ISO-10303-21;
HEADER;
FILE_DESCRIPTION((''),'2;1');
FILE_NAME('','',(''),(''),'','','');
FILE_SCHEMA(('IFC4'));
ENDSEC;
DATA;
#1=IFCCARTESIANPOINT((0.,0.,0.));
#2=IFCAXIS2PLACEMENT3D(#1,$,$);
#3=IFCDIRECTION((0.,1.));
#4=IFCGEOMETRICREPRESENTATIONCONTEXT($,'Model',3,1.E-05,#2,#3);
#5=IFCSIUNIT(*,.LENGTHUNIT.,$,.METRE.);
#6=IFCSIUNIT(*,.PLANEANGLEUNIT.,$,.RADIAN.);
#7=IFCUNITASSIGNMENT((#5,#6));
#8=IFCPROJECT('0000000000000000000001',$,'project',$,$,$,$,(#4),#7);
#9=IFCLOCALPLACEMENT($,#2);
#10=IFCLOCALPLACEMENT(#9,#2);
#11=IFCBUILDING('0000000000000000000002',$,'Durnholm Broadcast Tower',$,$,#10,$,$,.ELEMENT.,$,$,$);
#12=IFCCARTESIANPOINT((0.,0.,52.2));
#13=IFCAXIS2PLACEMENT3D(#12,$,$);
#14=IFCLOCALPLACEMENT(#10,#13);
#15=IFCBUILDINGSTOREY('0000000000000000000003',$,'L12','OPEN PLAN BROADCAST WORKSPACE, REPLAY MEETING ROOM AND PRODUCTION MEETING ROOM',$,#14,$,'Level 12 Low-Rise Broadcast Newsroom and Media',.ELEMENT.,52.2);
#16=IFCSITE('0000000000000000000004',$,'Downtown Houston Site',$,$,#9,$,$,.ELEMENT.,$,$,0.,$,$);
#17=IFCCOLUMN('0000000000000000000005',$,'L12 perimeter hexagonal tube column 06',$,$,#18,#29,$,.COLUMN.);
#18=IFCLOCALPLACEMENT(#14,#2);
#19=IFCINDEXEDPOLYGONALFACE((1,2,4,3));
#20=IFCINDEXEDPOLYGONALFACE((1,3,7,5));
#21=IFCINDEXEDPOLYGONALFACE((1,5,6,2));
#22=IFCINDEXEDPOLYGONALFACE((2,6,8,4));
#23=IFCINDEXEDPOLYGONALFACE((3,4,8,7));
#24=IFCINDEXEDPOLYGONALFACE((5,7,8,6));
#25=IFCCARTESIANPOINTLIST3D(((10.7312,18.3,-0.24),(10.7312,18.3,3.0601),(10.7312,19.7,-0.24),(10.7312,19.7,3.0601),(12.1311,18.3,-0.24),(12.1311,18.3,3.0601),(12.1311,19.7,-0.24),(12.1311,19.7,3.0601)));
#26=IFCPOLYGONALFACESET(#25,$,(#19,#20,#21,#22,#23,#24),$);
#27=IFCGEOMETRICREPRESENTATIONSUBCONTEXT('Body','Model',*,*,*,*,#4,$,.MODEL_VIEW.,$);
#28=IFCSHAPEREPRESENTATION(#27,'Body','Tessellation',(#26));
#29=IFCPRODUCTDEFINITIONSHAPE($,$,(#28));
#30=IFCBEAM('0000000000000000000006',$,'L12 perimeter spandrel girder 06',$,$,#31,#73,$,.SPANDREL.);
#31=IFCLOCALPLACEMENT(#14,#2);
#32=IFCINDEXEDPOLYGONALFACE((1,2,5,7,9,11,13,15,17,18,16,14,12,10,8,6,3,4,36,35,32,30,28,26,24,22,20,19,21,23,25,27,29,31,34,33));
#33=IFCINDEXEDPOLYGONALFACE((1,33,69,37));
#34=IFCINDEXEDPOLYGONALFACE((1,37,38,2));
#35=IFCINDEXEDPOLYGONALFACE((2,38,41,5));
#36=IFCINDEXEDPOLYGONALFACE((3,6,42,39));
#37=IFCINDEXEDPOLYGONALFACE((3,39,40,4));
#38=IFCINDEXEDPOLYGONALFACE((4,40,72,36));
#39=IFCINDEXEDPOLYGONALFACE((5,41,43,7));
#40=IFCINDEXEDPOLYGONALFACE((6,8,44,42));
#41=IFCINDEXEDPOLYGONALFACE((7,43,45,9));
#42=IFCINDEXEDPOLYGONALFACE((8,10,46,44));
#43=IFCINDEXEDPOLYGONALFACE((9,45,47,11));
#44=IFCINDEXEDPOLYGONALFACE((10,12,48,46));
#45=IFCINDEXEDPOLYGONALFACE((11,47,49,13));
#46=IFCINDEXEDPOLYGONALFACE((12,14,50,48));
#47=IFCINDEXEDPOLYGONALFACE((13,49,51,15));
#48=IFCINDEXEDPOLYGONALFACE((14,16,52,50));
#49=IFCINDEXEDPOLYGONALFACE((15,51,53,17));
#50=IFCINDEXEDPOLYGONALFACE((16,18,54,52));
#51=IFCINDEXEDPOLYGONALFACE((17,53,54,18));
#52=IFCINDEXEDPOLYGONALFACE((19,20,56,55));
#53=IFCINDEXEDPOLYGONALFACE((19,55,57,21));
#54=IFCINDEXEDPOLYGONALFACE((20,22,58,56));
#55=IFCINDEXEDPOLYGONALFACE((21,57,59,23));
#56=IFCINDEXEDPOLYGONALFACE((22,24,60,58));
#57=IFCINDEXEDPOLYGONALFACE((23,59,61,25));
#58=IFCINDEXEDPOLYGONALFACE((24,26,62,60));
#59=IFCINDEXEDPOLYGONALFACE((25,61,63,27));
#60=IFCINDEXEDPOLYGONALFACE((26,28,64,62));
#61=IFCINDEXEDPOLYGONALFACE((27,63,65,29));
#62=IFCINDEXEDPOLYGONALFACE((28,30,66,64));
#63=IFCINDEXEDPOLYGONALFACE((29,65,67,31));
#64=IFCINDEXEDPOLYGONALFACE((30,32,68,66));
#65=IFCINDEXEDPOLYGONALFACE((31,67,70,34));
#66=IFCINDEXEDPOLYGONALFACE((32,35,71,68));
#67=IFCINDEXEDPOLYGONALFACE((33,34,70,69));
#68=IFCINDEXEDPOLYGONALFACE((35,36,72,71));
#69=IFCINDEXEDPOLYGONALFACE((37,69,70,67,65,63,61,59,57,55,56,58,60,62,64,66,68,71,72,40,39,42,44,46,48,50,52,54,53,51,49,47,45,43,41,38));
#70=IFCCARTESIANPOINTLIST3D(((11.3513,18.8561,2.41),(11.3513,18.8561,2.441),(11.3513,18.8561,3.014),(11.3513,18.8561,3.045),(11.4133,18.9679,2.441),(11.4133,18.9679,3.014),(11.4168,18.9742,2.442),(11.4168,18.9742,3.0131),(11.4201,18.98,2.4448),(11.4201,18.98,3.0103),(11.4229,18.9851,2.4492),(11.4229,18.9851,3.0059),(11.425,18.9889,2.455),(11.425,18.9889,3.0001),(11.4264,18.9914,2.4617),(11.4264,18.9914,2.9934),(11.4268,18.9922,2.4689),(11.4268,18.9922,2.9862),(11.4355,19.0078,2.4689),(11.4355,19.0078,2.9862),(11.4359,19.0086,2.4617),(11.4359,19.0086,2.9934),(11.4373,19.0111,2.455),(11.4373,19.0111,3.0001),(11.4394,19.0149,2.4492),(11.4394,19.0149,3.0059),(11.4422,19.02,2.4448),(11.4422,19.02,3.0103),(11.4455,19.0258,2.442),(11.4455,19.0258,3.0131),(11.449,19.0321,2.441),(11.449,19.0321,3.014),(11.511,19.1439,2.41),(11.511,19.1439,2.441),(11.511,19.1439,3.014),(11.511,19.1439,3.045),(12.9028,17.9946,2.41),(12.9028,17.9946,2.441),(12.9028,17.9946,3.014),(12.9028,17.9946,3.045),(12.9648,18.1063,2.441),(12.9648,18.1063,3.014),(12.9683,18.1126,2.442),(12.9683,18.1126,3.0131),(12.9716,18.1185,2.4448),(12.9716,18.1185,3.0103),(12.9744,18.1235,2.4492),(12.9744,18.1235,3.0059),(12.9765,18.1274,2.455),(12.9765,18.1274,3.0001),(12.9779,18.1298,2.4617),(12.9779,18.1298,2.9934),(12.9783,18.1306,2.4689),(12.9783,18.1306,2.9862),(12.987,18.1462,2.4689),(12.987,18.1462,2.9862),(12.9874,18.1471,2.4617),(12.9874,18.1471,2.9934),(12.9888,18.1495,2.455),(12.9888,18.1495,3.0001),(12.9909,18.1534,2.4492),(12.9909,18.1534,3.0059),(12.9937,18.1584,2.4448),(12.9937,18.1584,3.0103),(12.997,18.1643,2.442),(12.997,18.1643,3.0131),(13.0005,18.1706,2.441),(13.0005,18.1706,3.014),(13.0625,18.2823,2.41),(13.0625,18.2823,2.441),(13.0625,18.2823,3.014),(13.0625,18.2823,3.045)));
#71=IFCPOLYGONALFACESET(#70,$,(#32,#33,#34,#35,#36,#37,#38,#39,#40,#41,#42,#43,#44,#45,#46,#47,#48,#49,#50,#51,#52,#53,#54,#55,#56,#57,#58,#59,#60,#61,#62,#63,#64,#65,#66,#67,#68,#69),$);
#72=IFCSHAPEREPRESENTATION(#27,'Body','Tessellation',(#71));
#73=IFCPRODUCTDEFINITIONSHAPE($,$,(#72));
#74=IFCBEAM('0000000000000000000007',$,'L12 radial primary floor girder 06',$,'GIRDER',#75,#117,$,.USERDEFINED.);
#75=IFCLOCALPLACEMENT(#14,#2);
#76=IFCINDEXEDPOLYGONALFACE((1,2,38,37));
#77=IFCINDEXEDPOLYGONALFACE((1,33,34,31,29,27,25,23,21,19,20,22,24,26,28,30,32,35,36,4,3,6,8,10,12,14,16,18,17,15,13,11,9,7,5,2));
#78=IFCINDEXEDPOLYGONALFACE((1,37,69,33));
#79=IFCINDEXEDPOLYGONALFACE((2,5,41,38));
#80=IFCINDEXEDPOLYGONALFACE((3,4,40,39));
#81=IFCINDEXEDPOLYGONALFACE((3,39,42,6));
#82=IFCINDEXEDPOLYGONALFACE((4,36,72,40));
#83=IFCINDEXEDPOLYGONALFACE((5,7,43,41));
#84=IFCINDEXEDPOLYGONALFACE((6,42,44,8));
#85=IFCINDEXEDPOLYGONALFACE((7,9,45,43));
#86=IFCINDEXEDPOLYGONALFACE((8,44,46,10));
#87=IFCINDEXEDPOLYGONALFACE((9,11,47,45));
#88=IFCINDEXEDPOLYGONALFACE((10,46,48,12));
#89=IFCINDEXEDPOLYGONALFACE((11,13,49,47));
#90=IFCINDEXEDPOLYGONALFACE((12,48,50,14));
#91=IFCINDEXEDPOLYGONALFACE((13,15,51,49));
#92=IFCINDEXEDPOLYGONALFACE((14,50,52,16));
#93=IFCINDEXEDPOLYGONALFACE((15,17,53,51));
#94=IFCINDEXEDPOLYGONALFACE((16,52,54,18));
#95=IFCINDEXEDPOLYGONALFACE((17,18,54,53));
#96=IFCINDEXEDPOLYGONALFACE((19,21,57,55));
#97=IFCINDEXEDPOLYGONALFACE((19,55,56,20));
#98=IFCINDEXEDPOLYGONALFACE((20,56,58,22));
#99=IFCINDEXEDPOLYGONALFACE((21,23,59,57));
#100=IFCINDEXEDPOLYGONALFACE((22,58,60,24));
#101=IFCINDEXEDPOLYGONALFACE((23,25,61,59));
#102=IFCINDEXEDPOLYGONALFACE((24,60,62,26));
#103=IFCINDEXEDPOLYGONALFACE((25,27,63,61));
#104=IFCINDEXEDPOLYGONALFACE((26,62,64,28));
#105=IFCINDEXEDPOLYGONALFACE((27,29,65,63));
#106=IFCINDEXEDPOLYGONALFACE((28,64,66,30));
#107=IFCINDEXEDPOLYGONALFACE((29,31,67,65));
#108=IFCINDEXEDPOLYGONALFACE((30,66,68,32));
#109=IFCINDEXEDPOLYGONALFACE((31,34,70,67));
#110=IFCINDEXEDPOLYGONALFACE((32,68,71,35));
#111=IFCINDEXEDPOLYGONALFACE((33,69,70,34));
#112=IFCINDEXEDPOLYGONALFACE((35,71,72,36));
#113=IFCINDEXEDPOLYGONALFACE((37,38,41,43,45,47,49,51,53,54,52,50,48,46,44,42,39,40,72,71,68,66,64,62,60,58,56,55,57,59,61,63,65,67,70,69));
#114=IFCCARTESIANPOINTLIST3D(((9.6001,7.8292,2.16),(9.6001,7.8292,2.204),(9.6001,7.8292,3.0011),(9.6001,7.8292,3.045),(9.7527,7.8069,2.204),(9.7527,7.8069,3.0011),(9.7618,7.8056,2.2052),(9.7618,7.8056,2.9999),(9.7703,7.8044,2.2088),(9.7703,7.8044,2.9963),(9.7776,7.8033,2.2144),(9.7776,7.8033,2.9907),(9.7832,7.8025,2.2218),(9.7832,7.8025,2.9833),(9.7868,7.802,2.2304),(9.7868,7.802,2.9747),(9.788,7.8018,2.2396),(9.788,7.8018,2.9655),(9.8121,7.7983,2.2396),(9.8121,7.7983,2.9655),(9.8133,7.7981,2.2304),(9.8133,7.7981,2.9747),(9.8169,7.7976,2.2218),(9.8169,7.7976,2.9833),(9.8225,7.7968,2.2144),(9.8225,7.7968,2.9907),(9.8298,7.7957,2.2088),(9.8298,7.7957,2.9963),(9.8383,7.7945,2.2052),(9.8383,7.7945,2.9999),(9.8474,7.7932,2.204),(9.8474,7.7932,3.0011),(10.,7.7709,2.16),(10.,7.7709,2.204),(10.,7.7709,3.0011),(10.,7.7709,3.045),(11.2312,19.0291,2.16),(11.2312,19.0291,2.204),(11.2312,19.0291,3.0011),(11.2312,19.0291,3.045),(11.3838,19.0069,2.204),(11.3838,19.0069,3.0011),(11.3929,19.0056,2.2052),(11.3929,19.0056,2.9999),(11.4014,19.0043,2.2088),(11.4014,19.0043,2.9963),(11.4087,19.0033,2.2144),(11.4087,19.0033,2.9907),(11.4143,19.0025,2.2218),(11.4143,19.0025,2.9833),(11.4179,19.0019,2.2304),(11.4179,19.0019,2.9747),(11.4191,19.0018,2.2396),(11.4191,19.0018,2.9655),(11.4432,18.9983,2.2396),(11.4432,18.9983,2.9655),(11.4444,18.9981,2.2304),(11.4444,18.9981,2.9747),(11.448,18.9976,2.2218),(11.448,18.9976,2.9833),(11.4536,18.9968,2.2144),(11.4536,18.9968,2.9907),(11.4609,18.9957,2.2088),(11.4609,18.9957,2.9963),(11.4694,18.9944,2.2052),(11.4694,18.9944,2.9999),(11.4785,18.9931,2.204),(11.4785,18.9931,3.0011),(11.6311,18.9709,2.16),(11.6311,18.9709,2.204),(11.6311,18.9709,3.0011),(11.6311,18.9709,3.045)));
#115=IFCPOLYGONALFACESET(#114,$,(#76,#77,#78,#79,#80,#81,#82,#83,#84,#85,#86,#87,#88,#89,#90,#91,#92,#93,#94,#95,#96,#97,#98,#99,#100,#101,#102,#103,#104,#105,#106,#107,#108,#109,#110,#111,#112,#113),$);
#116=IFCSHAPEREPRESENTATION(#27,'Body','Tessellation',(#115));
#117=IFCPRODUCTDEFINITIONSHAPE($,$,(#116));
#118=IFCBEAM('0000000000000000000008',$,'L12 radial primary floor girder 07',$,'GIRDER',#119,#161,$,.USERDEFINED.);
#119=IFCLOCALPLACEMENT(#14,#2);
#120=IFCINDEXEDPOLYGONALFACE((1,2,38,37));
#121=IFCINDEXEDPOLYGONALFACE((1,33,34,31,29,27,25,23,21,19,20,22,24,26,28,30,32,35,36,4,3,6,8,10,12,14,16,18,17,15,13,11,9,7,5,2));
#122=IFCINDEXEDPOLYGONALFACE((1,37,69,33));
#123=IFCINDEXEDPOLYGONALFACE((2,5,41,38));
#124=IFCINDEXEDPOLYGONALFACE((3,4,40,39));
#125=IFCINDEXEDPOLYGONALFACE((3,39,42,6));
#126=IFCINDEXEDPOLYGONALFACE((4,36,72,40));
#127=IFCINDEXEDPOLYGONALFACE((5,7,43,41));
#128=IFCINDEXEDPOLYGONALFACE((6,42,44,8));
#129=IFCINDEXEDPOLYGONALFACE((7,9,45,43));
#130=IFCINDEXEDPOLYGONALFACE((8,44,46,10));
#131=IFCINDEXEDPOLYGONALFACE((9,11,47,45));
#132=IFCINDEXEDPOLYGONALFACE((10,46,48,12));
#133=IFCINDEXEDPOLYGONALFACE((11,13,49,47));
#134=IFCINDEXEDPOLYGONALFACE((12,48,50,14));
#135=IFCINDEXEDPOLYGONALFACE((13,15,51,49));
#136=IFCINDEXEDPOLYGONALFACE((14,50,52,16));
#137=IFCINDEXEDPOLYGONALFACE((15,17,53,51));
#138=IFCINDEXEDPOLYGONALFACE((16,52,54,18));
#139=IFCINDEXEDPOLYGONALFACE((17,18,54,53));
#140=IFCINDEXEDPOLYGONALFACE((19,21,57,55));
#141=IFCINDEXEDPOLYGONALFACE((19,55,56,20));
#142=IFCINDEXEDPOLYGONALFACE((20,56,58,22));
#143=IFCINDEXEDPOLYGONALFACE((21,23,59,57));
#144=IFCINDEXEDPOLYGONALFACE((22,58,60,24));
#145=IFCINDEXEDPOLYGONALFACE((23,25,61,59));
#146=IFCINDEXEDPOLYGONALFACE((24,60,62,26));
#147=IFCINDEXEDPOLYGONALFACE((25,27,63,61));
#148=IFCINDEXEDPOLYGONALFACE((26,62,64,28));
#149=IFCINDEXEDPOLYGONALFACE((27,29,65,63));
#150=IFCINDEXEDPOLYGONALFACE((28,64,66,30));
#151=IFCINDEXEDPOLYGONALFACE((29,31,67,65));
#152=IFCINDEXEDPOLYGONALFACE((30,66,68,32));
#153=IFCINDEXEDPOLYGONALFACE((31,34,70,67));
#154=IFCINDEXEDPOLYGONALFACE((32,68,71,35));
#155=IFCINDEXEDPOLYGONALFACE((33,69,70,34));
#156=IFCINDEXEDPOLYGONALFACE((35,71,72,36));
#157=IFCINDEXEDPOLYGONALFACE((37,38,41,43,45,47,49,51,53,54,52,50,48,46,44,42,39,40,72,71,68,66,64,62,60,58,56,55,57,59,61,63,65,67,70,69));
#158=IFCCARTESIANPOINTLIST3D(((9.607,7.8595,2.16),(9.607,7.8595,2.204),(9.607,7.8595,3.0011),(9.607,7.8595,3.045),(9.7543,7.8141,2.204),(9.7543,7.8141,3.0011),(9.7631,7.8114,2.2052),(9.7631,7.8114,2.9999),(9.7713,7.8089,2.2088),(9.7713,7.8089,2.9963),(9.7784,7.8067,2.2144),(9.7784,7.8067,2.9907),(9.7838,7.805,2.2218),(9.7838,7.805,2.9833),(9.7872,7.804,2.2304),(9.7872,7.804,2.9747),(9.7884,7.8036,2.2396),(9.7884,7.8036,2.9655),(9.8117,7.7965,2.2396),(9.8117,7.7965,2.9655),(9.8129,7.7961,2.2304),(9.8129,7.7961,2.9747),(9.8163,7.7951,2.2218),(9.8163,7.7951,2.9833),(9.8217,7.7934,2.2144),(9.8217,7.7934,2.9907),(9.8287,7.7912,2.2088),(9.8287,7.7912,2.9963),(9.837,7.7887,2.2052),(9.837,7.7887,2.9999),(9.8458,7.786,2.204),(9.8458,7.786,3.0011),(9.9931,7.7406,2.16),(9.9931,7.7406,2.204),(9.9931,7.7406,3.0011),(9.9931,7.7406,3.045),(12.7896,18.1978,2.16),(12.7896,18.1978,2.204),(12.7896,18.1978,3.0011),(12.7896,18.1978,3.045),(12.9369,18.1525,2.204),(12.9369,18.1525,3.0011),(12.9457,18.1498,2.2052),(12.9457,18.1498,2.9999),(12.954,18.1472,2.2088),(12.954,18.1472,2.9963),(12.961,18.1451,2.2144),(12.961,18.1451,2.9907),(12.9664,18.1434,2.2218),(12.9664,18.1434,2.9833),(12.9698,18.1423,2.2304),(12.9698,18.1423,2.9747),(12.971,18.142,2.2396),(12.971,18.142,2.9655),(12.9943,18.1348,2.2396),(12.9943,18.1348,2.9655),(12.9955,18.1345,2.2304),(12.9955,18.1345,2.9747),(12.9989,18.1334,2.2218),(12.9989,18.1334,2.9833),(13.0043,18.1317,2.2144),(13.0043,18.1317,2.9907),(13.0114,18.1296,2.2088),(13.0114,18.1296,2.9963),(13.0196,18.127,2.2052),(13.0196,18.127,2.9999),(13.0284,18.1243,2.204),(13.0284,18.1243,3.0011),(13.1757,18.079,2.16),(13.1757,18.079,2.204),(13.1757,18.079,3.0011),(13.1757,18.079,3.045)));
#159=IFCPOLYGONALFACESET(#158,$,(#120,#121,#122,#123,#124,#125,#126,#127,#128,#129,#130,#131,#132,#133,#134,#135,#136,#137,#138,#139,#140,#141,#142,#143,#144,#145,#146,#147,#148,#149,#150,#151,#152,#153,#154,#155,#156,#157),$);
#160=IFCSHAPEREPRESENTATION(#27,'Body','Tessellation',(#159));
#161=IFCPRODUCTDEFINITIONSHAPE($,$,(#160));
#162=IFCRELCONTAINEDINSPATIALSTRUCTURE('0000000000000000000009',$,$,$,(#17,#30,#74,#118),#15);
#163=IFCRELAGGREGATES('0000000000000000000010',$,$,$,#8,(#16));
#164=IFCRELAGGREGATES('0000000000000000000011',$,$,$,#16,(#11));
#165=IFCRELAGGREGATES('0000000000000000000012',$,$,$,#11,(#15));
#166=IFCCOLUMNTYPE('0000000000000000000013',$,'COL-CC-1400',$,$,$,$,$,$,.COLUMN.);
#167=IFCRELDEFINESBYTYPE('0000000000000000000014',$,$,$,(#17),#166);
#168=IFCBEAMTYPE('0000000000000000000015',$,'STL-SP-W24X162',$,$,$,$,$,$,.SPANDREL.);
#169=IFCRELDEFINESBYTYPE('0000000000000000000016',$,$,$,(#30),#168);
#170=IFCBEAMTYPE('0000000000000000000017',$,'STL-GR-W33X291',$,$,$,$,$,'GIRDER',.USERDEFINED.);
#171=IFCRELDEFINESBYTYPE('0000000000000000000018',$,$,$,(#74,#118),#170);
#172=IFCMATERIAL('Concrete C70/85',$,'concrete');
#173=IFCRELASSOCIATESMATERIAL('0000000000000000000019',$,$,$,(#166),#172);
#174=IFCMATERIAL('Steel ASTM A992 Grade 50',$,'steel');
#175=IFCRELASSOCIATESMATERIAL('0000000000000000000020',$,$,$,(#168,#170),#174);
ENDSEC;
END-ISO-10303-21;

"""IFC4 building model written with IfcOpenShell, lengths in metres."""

from ifc_helpers import new_model, si_unit, direction, frame, origin, origin_2d, place, context, subcontext, project, spatial, rectangle, i_section, extrude, source, transform, mapped, material, material_profile, profile_set, type_object, type_shapes, element, save


model = new_model("IFC4")

# Units and contexts
model_context = context("Model", 3, precision=1e-05, world=origin(), true_north=direction((0.0, 1.0)))
body_context = subcontext(model_context, "Body", "Model", "MODEL_VIEW")
ifc_project = project(units=[si_unit("LENGTHUNIT", "METRE"), si_unit("PLANEANGLEUNIT", "RADIAN")], contexts=[model_context])

# Site, building, storey
site_placement = place(None, origin())
site = spatial("IfcSite", under=ifc_project, at=site_placement, Name="Downtown Houston Site", CompositionType="ELEMENT", RefElevation=0.0)
building_placement = place(site_placement, origin())
building = spatial("IfcBuilding", under=site, at=building_placement, Name="Durnholm Broadcast Tower", CompositionType="ELEMENT")
storey_placement = place(building_placement, frame((0.0, 0.0, 52.2)))
storey = spatial("IfcBuildingStorey", under=building, at=storey_placement, Name="L12", Description="OPEN PLAN BROADCAST WORKSPACE, REPLAY MEETING ROOM AND PRODUCTION MEETING ROOM", LongName="Level 12 Low-Rise Broadcast Newsroom and Media", CompositionType="ELEMENT", Elevation=52.2)

# Column
ifc_material_1 = material(Name="Concrete C70/85", Category="concrete")
ifc_material_profile_1 = material_profile(ifc_material_1, rectangle(XDim=1.3999, YDim=1.3999, at=origin_2d()), Name="RC1400X1400")
ifc_profile_set_1 = profile_set([ifc_material_profile_1], Name="Concrete C70/85")
column_type = type_object("IfcColumnType", Name="COL-CC-1400", PredefinedType="COLUMN", material=ifc_profile_set_1)
shared_shape_1 = source(origin(), body_context, "Body", "SweptSolid", [
    extrude(rectangle(XDim=1.3999, YDim=1.3999, at=origin_2d()), origin(), (0.0, 0.0, 1.0), 3.3),
])
type_shapes(column_type, [shared_shape_1])
column_placement = place(storey_placement, frame((11.4312, 19.0, -0.24), z_axis=(0.0, 0.0, 1.0), x_axis=(1.0, 0.0, 0.0)))
element("IfcColumn", 1, at=column_placement, inside=storey, type_object=column_type, Name="L12 perimeter hexagonal tube column 06", PredefinedType="COLUMN", context=body_context, shape_type="MappedRepresentation", body=[
    mapped(shared_shape_1, transform((0.0, 0.0, 0.0), x_axis=(1.0, 0.0, 0.0), y_axis=(0.0, 1.0, 0.0), z_axis=(0.0, 0.0, 1.0), scale=1.0)),
])

# Beams
ifc_material_2 = material(Name="Steel ASTM A992 Grade 50", Category="steel")
ifc_material_profile_2 = material_profile(ifc_material_2, i_section(OverallWidth=0.3291, OverallDepth=0.635, WebThickness=0.0178, FlangeThickness=0.031, FilletRadius=0.0278, at=origin_2d()), Name="W24X162")
ifc_profile_set_2 = profile_set([ifc_material_profile_2], Name="Steel ASTM A992 Grade 50")
beam_type_1 = type_object("IfcBeamType", Name="STL-SP-W24X162", PredefinedType="SPANDREL", material=ifc_profile_set_2)
shared_shape_2 = source(origin(), body_context, "Body", "SweptSolid", [
    extrude(i_section(OverallWidth=0.3291, OverallDepth=0.635, WebThickness=0.0178, FlangeThickness=0.031, FilletRadius=0.0278, at=origin_2d()), origin(), (0.0, 0.0, 1.0), 1.7747),
])
type_shapes(beam_type_1, [shared_shape_2])
beam_1_placement = place(storey_placement, frame((11.4312, 19.0, 2.7275), z_axis=(0.874248, -0.485479, 0.0), x_axis=(0.485479, 0.874248, 0.0)))
element("IfcBeam", 2, at=beam_1_placement, inside=storey, type_object=beam_type_1, Name="L12 perimeter spandrel girder 06", PredefinedType="SPANDREL", context=body_context, shape_type="MappedRepresentation", body=[
    mapped(shared_shape_2, transform((0.0, 0.0, 0.0), x_axis=(1.0, 0.0, 0.0), y_axis=(0.0, 1.0, 0.0), z_axis=(0.0, 0.0, 1.0), scale=1.0)),
])
ifc_material_profile_3 = material_profile(ifc_material_2, i_section(OverallWidth=0.4041, OverallDepth=0.885, WebThickness=0.0244, FlangeThickness=0.0439, FilletRadius=0.0356, at=origin_2d()), Name="W33X291")
ifc_profile_set_3 = profile_set([ifc_material_profile_3], Name="Steel ASTM A992 Grade 50")
beam_type_2 = type_object("IfcBeamType", Name="STL-GR-W33X291", ElementType="GIRDER", PredefinedType="USERDEFINED", material=ifc_profile_set_3)
shared_shape_3 = source(origin(), body_context, "Body", "SweptSolid", [
    extrude(i_section(OverallWidth=0.4041, OverallDepth=0.885, WebThickness=0.0244, FlangeThickness=0.0439, FilletRadius=0.0356, at=origin_2d()), origin(), (0.0, 0.0, 1.0), 11.3181),
])
beam_2_placement = place(storey_placement, frame((9.8, 7.8, 2.6025), z_axis=(0.144115, 0.989561, 0.0), x_axis=(-0.989561, 0.144115, 0.0)))
element("IfcBeam", 3, at=beam_2_placement, inside=storey, type_object=beam_type_2, Name="L12 radial primary floor girder 06", ObjectType="GIRDER", PredefinedType="USERDEFINED", context=body_context, shape_type="MappedRepresentation", body=[
    mapped(shared_shape_3, transform((0.0, 0.0, 0.0), x_axis=(1.0, 0.0, 0.0), y_axis=(0.0, 1.0, 0.0), z_axis=(0.0, 0.0, 1.0), scale=1.0)),
])
shared_shape_4 = source(origin(), body_context, "Body", "SweptSolid", [
    extrude(i_section(OverallWidth=0.4041, OverallDepth=0.885, WebThickness=0.0244, FlangeThickness=0.0439, FilletRadius=0.0356, at=origin_2d()), origin(), (0.0, 0.0, 1.0), 10.8171),
])
type_shapes(beam_type_2, [shared_shape_3, shared_shape_4])
beam_3_placement = place(storey_placement, frame((9.8, 7.8, 2.6025), z_axis=(0.294219, 0.955738, 0.0), x_axis=(-0.955738, 0.294219, 0.0)))
element("IfcBeam", 4, at=beam_3_placement, inside=storey, type_object=beam_type_2, Name="L12 radial primary floor girder 07", ObjectType="GIRDER", PredefinedType="USERDEFINED", context=body_context, shape_type="MappedRepresentation", body=[
    mapped(shared_shape_4, transform((0.0, 0.0, 0.0), x_axis=(1.0, 0.0, 0.0), y_axis=(0.0, 1.0, 0.0), z_axis=(0.0, 0.0, 1.0), scale=1.0)),
])

save(model, "model.ifc")
